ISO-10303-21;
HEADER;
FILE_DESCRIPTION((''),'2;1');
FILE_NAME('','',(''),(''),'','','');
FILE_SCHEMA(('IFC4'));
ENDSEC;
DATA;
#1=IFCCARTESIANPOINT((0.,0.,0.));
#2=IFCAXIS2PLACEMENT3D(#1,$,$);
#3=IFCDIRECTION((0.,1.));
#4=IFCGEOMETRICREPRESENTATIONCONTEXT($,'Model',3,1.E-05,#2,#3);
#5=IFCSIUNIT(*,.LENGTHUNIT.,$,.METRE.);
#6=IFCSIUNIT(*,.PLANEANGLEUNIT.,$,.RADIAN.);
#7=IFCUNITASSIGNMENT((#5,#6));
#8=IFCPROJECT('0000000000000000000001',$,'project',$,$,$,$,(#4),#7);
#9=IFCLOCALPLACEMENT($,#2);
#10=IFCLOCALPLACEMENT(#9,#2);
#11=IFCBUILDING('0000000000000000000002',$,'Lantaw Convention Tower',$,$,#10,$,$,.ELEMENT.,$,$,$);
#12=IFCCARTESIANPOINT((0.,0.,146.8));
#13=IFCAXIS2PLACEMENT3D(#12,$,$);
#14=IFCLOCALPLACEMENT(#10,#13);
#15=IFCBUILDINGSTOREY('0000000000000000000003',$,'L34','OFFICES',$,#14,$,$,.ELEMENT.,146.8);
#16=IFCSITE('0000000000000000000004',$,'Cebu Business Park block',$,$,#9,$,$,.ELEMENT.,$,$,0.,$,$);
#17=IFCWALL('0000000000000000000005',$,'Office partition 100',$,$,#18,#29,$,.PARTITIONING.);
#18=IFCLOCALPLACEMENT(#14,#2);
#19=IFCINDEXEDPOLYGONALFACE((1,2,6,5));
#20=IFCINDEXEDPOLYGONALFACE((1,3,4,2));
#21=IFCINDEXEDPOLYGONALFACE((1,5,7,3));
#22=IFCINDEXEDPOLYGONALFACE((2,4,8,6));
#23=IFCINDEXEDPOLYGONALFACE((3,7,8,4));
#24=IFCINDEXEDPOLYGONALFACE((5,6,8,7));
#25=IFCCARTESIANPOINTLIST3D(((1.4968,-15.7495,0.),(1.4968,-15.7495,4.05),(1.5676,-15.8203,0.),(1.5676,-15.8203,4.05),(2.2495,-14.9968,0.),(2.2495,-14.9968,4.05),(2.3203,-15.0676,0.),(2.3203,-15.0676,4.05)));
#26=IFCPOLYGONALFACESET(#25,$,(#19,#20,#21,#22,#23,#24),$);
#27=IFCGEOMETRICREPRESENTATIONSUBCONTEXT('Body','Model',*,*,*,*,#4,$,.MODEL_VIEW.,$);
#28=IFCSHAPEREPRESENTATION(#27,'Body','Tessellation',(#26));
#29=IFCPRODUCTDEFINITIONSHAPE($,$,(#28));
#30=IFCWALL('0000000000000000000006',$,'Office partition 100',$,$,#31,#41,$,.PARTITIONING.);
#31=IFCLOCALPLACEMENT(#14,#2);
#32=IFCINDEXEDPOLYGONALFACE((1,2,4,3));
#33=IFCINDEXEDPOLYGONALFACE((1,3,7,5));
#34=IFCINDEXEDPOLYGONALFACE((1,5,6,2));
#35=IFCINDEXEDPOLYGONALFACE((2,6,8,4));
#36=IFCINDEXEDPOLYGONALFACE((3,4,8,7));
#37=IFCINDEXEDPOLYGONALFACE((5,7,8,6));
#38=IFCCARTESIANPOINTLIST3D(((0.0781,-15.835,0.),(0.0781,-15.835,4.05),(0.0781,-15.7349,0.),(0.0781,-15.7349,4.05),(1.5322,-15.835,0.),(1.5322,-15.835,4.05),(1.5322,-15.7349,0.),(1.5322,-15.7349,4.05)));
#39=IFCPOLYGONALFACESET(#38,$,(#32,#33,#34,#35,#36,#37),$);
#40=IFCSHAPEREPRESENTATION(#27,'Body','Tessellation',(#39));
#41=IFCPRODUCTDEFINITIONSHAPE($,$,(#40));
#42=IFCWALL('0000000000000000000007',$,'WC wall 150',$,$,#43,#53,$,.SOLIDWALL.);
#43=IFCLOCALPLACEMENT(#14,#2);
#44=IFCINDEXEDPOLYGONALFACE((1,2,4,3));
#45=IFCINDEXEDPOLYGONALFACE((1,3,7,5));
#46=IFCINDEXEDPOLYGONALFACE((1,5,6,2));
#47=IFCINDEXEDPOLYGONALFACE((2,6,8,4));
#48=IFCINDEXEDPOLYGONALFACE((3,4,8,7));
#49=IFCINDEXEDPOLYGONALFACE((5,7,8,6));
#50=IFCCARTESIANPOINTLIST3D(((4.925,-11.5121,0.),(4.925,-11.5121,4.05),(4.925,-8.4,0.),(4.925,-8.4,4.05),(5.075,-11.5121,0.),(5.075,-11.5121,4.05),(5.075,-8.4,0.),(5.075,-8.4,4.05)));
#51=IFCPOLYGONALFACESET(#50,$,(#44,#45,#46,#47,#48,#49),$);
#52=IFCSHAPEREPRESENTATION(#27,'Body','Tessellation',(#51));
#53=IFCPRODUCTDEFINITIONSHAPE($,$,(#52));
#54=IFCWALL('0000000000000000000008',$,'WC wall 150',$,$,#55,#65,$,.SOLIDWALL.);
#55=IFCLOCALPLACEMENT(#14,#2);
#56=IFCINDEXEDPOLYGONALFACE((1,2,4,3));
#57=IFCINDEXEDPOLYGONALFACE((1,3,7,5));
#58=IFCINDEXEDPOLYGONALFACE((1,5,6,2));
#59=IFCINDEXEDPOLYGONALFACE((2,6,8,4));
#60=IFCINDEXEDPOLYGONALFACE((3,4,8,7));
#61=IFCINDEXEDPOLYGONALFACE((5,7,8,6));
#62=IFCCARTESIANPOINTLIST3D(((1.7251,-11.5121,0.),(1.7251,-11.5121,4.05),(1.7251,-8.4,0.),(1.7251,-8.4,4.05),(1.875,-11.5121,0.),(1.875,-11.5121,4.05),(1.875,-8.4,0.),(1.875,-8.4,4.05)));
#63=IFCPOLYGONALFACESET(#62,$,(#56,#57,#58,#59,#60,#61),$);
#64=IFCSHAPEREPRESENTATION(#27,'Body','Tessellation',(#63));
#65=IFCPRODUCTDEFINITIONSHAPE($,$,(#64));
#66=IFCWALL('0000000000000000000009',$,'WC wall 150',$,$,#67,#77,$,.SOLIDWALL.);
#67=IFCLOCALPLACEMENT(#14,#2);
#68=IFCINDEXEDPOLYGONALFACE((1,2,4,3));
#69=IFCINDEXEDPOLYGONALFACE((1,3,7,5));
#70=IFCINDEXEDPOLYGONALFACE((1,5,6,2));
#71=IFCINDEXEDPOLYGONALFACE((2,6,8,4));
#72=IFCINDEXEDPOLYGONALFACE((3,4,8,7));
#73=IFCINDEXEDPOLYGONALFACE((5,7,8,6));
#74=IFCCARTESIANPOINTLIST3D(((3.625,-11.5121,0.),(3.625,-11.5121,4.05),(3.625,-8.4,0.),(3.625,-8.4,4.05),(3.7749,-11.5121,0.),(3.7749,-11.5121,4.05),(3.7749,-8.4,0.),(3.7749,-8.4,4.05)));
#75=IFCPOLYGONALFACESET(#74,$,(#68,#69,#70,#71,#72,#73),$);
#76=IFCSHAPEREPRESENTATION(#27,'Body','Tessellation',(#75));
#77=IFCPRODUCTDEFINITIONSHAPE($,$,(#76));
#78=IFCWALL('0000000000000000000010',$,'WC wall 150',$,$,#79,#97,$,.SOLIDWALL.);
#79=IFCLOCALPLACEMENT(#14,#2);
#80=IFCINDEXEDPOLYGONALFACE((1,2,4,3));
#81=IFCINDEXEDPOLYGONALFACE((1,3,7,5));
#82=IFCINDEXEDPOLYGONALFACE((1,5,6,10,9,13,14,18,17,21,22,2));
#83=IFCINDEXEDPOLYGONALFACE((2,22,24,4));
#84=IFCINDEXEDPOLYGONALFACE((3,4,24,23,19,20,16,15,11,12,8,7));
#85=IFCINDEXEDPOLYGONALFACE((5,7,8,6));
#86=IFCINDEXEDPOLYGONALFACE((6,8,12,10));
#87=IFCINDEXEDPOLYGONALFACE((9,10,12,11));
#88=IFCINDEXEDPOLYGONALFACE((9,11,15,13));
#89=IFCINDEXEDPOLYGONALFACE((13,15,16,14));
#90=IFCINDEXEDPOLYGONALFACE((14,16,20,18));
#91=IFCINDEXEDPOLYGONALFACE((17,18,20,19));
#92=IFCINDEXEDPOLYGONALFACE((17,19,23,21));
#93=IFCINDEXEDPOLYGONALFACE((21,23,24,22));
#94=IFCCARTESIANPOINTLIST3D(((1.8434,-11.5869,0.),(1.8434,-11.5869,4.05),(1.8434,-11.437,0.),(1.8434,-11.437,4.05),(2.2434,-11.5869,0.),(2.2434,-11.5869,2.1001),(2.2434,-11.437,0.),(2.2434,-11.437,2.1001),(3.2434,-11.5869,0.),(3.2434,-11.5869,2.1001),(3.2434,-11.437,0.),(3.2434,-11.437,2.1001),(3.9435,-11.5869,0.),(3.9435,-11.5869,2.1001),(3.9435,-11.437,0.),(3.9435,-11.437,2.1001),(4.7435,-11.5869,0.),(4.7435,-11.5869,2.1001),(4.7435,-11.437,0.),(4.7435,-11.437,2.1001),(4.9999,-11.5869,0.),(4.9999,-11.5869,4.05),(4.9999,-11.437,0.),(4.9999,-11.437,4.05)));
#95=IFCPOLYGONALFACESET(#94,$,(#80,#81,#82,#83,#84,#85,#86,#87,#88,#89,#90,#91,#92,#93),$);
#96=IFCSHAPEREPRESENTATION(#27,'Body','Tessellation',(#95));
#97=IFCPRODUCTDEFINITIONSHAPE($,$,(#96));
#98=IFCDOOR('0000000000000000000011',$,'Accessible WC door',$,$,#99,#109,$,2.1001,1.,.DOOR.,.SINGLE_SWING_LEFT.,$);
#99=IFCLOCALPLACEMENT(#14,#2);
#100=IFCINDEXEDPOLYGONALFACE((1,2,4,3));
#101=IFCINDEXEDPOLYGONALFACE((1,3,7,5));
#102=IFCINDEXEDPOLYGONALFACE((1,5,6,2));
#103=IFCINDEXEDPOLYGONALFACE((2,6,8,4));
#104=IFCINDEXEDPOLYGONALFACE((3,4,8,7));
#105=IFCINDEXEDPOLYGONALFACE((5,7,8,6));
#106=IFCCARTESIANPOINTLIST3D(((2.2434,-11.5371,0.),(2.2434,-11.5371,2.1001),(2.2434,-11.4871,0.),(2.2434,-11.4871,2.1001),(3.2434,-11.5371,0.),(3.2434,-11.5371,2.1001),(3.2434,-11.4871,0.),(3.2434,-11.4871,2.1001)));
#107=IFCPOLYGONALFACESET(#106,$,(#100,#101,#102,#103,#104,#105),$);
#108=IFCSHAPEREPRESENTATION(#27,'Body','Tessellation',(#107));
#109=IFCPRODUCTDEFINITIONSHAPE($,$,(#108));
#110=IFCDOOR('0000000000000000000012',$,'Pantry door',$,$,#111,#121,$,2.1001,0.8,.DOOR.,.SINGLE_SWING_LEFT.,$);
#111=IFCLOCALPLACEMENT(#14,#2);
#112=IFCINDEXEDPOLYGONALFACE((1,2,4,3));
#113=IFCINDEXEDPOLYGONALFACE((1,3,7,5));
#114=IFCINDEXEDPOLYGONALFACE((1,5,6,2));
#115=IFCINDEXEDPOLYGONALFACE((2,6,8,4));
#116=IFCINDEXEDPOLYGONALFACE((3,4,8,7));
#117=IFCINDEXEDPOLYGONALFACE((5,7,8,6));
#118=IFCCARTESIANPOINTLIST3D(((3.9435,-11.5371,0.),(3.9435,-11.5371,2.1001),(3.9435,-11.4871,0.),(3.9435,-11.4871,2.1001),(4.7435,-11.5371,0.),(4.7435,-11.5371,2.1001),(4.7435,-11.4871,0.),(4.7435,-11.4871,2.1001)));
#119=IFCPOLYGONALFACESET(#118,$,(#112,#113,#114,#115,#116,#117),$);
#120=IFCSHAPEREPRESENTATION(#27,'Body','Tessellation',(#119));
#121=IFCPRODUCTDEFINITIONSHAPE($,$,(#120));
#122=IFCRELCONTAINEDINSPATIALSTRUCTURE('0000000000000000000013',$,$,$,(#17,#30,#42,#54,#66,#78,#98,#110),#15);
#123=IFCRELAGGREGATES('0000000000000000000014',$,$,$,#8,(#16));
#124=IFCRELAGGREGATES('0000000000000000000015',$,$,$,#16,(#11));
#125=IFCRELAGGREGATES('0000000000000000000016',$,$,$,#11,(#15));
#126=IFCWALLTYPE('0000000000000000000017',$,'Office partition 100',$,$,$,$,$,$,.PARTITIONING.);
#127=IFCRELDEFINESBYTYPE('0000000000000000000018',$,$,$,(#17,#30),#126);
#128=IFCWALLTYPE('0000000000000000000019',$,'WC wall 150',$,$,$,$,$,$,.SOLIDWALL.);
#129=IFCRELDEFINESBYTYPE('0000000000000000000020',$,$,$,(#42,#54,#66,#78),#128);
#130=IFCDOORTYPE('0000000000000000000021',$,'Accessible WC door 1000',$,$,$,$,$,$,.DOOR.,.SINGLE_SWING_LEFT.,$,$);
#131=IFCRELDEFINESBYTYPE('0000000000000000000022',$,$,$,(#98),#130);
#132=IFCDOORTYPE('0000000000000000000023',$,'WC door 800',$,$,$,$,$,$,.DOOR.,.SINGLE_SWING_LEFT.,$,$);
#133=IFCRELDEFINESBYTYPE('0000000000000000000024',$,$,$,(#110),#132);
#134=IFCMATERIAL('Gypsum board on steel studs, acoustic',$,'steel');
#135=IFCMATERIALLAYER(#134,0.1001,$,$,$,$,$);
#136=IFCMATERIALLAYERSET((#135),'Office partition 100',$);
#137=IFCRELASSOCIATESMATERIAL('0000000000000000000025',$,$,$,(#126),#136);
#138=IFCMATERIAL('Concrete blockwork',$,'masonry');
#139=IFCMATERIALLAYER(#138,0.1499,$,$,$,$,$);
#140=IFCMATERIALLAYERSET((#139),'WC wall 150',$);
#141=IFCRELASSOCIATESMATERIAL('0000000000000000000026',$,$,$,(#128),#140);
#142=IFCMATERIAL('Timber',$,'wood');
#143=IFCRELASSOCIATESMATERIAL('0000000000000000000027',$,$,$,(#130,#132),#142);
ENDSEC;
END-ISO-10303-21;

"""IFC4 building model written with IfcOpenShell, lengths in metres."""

from ifc_helpers import new_model, si_unit, direction, frame, frame_2d, origin, place, context, subcontext, project, spatial, rectangle, extrude, material, layer, layer_set, type_object, element, fill, save


model = new_model("IFC4")

# Units and contexts
model_context = context("Model", 3, precision=1e-05, world=origin(), true_north=direction((0.0, 1.0)))
body_context = subcontext(model_context, "Body", "Model", "MODEL_VIEW")
ifc_project = project(units=[si_unit("LENGTHUNIT", "METRE"), si_unit("PLANEANGLEUNIT", "RADIAN")], contexts=[model_context])

# Site, building, storey
site_placement = place(None, origin())
site = spatial("IfcSite", under=ifc_project, at=site_placement, Name="Cebu Business Park block", CompositionType="ELEMENT", RefElevation=0.0)
building_placement = place(site_placement, origin())
building = spatial("IfcBuilding", under=site, at=building_placement, Name="Lantaw Convention Tower", CompositionType="ELEMENT")
storey_placement = place(building_placement, frame((0.0, 0.0, 146.8)))
storey = spatial("IfcBuildingStorey", under=building, at=storey_placement, Name="L34", Description="OFFICES", CompositionType="ELEMENT", Elevation=146.8)

# Walls
ifc_material_1 = material(Name="Gypsum board on steel studs, acoustic", Category="steel")
ifc_layer_1 = layer(ifc_material_1, 0.1001)
ifc_layer_set_1 = layer_set([ifc_layer_1], Name="Office partition 100")
wall_type_1 = type_object("IfcWallType", Name="Office partition 100", PredefinedType="PARTITIONING", material=ifc_layer_set_1)
wall_1_placement = place(storey_placement, frame((2.2849, -15.0322, 0.0), z_axis=(0.0, 0.0, 1.0), x_axis=(-0.707107, -0.707107, 0.0)))
element("IfcWall", 1, at=wall_1_placement, inside=storey, type_object=wall_type_1, Name="Office partition 100", PredefinedType="PARTITIONING", context=body_context, shape_type="SweptSolid", body=[
    extrude(rectangle(XDim=1.0645, YDim=0.1001, at=frame_2d((0.5322, 0.0))), origin(), (0.0, 0.0, 1.0), 4.05),
])
wall_2_placement = place(storey_placement, frame((1.5322, -15.7849, 0.0), z_axis=(0.0, 0.0, 1.0), x_axis=(-1.0, 0.0, 0.0)))
element("IfcWall", 2, at=wall_2_placement, inside=storey, type_object=wall_type_1, Name="Office partition 100", PredefinedType="PARTITIONING", context=body_context, shape_type="SweptSolid", body=[
    extrude(rectangle(XDim=1.4541, YDim=0.1001, at=frame_2d((0.7271, 0.0))), origin(), (0.0, 0.0, 1.0), 4.05),
])
ifc_material_2 = material(Name="Concrete blockwork", Category="masonry")
ifc_layer_2 = layer(ifc_material_2, 0.1499)
ifc_layer_set_2 = layer_set([ifc_layer_2], Name="WC wall 150")
wall_type_2 = type_object("IfcWallType", Name="WC wall 150", PredefinedType="SOLIDWALL", material=ifc_layer_set_2)
for number, where, z_axis, x_axis, name in (
    (3, (5.0, -8.3999, 0.0), (0.0, 0.0, 1.0), (0.0, -1.0, 0.0), "WC wall 150"),
    (4, (1.8, -8.3999, 0.0), (0.0, 0.0, 1.0), (0.0, -1.0, 0.0), "WC wall 150"),
    (5, (3.7, -8.3999, 0.0), (0.0, 0.0, 1.0), (0.0, -1.0, 0.0), "WC wall 150"),
):
    element("IfcWall", number, at=place(storey_placement, frame(where, z_axis=z_axis, x_axis=x_axis)), inside=storey, type_object=wall_type_2, Name=name, PredefinedType="SOLIDWALL", context=body_context, shape_type="SweptSolid", body=[
        extrude(rectangle(XDim=3.1121, YDim=0.1499, at=frame_2d((1.5562, 0.0))), origin(), (0.0, 0.0, 1.0), 4.05),
    ])

# Wall, openings, doors
wall_3_placement = place(storey_placement, frame((1.8435, -11.512, 0.0), z_axis=(0.0, 0.0, 1.0), x_axis=(1.0, 0.0, 0.0)))
wall_3 = element("IfcWall", 6, at=wall_3_placement, inside=storey, type_object=wall_type_2, Name="WC wall 150", PredefinedType="SOLIDWALL", context=body_context, shape_type="SweptSolid", body=[
    extrude(rectangle(XDim=3.1565, YDim=0.1499, at=frame_2d((1.5781, 0.0))), origin(), (0.0, 0.0, 1.0), 4.05),
])
opening_1_placement = place(wall_3_placement, frame((0.3999, 0.0, 0.0)))
opening_1 = element("IfcOpeningElement", 7, at=opening_1_placement, cuts=wall_3, PredefinedType="OPENING", context=body_context, shape_type="SweptSolid", body=[
    extrude(rectangle(XDim=1.0, YDim=2.1001, at=frame_2d((0.5, 1.05))), frame((0.0, 0.085, 0.0), z_axis=(0.0, -1.0, 0.0), x_axis=(1.0, 0.0, 0.0)), (0.0, 0.0, 1.0), 0.1699),
])
opening_2_placement = place(wall_3_placement, frame((2.1001, 0.0, 0.0)))
opening_2 = element("IfcOpeningElement", 8, at=opening_2_placement, cuts=wall_3, PredefinedType="OPENING", context=body_context, shape_type="SweptSolid", body=[
    extrude(rectangle(XDim=0.8, YDim=2.1001, at=frame_2d((0.3999, 1.05))), frame((0.0, 0.085, 0.0), z_axis=(0.0, -1.0, 0.0), x_axis=(1.0, 0.0, 0.0)), (0.0, 0.0, 1.0), 0.1699),
])
ifc_material_3 = material(Name="Timber", Category="wood")
door_type_1 = type_object("IfcDoorType", Name="Accessible WC door 1000", OperationType="SINGLE_SWING_LEFT", PredefinedType="DOOR", material=ifc_material_3)
door_1_placement = place(opening_1_placement, origin())
door_1 = element("IfcDoor", 9, at=door_1_placement, inside=storey, type_object=door_type_1, Name="Accessible WC door", OperationType="SINGLE_SWING_LEFT", OverallHeight=2.1001, OverallWidth=1.0, PredefinedType="DOOR", context=body_context, shape_type="SweptSolid", body=[
    extrude(rectangle(XDim=1.0, YDim=2.1001, at=frame_2d((0.5, 1.05))), frame((0.0, 0.0249, 0.0), z_axis=(0.0, -1.0, 0.0), x_axis=(1.0, 0.0, 0.0)), (0.0, 0.0, 1.0), 0.05),
])
fill(opening_1, door_1)
door_type_2 = type_object("IfcDoorType", Name="WC door 800", OperationType="SINGLE_SWING_LEFT", PredefinedType="DOOR", material=ifc_material_3)
door_2_placement = place(opening_2_placement, origin())
door_2 = element("IfcDoor", 10, at=door_2_placement, inside=storey, type_object=door_type_2, Name="Pantry door", OperationType="SINGLE_SWING_LEFT", OverallHeight=2.1001, OverallWidth=0.8, PredefinedType="DOOR", context=body_context, shape_type="SweptSolid", body=[
    extrude(rectangle(XDim=0.8, YDim=2.1001, at=frame_2d((0.3999, 1.05))), frame((0.0, 0.0249, 0.0), z_axis=(0.0, -1.0, 0.0), x_axis=(1.0, 0.0, 0.0)), (0.0, 0.0, 1.0), 0.05),
])
fill(opening_2, door_2)

save(model, "model.ifc")
